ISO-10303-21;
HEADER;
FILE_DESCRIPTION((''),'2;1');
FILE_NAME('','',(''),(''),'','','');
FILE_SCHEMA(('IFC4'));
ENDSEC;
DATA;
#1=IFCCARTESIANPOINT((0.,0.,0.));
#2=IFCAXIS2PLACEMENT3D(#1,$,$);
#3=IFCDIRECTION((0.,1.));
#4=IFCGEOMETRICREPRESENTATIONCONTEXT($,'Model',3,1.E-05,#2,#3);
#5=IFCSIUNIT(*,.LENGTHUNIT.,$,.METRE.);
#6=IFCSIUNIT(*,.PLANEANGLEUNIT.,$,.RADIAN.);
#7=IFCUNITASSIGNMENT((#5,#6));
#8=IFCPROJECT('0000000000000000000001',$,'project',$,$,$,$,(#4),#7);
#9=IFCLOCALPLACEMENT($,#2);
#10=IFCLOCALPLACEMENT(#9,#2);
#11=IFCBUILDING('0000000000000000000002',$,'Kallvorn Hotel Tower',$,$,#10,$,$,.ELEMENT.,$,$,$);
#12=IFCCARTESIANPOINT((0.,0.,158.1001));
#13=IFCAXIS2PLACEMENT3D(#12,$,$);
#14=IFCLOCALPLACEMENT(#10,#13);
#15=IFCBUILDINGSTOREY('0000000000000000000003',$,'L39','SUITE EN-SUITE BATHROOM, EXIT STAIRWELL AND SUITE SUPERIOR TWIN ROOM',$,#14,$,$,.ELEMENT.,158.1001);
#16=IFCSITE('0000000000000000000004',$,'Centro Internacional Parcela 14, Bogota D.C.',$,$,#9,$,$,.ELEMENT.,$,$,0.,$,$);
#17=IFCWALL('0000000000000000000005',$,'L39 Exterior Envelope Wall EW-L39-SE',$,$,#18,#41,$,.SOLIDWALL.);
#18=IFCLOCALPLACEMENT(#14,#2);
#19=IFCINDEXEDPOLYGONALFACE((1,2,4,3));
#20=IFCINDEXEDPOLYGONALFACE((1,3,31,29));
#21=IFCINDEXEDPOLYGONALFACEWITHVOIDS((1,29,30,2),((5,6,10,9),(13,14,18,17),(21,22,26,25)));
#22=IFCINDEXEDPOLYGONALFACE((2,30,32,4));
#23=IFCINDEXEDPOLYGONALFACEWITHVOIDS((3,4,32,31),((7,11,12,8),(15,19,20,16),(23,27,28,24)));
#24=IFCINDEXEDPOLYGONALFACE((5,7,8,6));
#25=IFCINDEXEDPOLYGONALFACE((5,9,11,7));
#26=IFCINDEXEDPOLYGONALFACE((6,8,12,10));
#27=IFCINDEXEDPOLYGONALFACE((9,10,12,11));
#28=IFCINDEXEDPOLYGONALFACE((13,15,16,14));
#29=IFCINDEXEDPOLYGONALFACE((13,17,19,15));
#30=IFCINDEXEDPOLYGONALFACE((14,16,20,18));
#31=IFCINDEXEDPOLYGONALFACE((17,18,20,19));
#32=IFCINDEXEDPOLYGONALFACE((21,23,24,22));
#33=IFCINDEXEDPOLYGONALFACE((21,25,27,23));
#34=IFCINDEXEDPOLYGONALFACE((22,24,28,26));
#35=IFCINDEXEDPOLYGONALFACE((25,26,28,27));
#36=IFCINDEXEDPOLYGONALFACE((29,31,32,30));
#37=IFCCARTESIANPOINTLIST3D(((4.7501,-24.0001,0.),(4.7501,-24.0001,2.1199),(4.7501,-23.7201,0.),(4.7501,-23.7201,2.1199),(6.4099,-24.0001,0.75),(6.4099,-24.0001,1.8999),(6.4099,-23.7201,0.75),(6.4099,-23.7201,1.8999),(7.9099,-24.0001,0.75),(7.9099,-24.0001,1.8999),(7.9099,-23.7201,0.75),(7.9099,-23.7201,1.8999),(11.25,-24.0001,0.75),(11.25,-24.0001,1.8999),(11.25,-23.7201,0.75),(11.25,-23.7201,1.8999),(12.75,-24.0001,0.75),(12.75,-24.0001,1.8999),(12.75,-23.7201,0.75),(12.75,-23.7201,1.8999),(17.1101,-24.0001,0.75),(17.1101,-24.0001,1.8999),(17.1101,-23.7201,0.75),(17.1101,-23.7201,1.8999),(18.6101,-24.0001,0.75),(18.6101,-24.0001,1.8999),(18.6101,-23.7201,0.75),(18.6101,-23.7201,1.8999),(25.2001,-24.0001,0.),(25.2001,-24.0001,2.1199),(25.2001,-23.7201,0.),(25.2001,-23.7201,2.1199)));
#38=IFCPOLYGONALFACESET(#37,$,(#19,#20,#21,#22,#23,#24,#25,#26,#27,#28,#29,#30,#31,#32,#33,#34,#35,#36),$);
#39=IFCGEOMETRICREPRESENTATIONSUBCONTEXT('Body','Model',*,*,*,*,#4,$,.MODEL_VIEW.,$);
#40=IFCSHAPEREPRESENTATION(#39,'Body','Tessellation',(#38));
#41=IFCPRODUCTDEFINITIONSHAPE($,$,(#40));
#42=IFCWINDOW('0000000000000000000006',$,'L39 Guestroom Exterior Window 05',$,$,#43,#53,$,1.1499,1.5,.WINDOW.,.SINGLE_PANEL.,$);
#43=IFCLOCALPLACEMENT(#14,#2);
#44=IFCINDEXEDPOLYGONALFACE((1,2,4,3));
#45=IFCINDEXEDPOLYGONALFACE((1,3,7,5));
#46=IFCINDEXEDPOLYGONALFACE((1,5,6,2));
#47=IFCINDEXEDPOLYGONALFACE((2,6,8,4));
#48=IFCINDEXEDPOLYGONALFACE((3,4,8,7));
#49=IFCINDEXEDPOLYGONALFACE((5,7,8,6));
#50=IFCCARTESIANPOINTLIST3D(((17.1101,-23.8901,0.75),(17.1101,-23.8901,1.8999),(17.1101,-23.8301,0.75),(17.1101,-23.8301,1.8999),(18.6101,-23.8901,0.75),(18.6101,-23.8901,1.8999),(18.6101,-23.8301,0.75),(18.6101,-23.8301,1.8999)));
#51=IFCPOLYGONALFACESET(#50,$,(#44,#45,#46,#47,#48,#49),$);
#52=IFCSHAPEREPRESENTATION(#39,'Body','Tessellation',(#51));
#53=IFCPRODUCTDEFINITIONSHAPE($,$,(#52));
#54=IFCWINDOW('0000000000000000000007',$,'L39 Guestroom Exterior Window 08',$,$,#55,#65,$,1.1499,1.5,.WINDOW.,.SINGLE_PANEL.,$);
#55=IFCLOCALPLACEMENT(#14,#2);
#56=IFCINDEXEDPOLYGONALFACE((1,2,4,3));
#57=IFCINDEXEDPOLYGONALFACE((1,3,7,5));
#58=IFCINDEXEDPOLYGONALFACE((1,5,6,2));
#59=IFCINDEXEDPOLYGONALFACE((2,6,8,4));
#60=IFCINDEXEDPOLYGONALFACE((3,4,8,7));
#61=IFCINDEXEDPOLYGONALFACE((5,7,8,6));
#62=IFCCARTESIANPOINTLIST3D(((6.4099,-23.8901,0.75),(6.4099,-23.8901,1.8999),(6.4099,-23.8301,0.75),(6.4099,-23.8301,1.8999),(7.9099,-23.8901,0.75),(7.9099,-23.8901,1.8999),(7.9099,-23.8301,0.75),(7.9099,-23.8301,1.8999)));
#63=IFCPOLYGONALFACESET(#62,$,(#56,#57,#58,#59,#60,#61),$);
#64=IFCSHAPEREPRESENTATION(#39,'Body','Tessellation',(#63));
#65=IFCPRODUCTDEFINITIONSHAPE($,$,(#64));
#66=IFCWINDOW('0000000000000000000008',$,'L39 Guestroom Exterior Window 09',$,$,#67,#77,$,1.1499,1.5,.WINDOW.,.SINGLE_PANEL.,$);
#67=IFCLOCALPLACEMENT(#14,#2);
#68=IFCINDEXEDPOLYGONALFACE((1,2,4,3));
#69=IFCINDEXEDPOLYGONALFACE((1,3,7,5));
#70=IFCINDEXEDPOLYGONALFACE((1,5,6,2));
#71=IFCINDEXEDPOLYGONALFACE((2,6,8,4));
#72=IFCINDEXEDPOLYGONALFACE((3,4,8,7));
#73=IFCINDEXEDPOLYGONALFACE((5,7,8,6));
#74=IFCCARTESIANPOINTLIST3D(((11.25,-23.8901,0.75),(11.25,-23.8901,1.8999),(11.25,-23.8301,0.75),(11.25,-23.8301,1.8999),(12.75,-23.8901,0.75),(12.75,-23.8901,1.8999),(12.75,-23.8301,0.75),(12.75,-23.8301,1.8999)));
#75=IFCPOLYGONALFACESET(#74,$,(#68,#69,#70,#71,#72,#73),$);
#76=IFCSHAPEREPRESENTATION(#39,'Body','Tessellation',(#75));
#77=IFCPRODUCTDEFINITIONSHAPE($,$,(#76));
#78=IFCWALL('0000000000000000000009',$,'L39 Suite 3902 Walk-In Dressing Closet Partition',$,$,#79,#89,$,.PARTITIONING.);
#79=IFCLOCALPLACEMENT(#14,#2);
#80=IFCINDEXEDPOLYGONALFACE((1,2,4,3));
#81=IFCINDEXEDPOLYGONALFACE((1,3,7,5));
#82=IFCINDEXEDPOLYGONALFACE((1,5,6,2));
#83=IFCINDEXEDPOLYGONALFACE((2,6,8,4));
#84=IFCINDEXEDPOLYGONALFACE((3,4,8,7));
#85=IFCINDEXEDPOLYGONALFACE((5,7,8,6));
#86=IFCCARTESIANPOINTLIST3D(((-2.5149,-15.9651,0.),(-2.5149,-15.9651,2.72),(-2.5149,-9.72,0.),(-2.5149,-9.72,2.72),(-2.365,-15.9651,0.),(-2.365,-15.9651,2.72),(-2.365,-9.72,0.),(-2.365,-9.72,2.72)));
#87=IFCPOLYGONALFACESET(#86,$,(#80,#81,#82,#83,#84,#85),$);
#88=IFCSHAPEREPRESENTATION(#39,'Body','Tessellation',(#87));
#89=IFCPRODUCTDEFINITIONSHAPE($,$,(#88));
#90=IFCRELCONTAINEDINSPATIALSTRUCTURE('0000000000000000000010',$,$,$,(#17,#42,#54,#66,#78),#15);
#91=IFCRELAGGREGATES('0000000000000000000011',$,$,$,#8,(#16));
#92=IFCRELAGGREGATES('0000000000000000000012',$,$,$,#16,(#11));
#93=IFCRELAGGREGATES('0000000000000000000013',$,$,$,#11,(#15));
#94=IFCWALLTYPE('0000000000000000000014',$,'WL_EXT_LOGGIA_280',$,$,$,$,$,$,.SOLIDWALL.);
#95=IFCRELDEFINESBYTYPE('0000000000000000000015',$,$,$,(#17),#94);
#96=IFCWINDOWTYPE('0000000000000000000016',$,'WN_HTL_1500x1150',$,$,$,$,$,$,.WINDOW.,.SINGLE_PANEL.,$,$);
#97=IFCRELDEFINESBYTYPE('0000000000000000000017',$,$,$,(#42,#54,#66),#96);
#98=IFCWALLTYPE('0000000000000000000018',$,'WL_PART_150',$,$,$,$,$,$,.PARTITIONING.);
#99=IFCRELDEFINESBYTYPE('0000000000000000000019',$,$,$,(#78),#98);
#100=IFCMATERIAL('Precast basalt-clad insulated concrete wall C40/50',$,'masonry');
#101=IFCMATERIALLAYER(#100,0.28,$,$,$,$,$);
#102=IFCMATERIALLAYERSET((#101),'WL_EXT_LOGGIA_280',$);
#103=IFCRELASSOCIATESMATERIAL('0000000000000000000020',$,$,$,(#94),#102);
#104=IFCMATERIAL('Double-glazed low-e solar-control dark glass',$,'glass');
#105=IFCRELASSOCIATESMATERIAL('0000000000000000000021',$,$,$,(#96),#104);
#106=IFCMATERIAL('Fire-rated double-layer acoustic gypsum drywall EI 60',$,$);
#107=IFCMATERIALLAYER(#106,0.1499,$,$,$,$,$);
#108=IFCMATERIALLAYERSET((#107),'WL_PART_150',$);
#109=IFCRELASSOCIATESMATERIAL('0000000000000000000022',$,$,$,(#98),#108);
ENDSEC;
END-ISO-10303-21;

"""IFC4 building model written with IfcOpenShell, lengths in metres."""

from ifc_helpers import new_model, si_unit, direction, frame, frame_2d, origin, place, context, subcontext, project, spatial, rectangle, extrude, material, layer, layer_set, type_object, element, fill, save


model = new_model("IFC4")

# Units and contexts
model_context = context("Model", 3, precision=1e-05, world=origin(), true_north=direction((0.0, 1.0)))
body_context = subcontext(model_context, "Body", "Model", "MODEL_VIEW")
ifc_project = project(units=[si_unit("LENGTHUNIT", "METRE"), si_unit("PLANEANGLEUNIT", "RADIAN")], contexts=[model_context])

# Site, building, storey
site_placement = place(None, origin())
site = spatial("IfcSite", under=ifc_project, at=site_placement, Name="Centro Internacional Parcela 14, Bogota D.C.", CompositionType="ELEMENT", RefElevation=0.0)
building_placement = place(site_placement, origin())
building = spatial("IfcBuilding", under=site, at=building_placement, Name="Kallvorn Hotel Tower", CompositionType="ELEMENT")
storey_placement = place(building_placement, frame((0.0, 0.0, 158.1001)))
storey = spatial("IfcBuildingStorey", under=building, at=storey_placement, Name="L39", Description="SUITE EN-SUITE BATHROOM, EXIT STAIRWELL AND SUITE SUPERIOR TWIN ROOM", CompositionType="ELEMENT", Elevation=158.1001)

# Wall, openings, windows
ifc_material_1 = material(Name="Precast basalt-clad insulated concrete wall C40/50", Category="masonry")
ifc_layer_1 = layer(ifc_material_1, 0.28)
ifc_layer_set_1 = layer_set([ifc_layer_1], Name="WL_EXT_LOGGIA_280")
wall_type_1 = type_object("IfcWallType", Name="WL_EXT_LOGGIA_280", PredefinedType="SOLIDWALL", material=ifc_layer_set_1)
wall_1_placement = place(storey_placement, frame((4.75, -23.8601, 0.0), z_axis=(0.0, 0.0, 1.0), x_axis=(1.0, 0.0, 0.0)))
wall_1 = element("IfcWall", 1, at=wall_1_placement, inside=storey, type_object=wall_type_1, Name="L39 Exterior Envelope Wall EW-L39-SE", PredefinedType="SOLIDWALL", context=body_context, shape_type="SweptSolid", body=[
    extrude(rectangle(XDim=20.45, YDim=0.28, at=frame_2d((10.2251, 0.0))), origin(), (0.0, 0.0, 1.0), 2.1199),
])
opening_1_placement = place(wall_1_placement, frame((12.3601, 0.0, 0.75)))
opening_1 = element("IfcOpeningElement", 2, at=opening_1_placement, cuts=wall_1, PredefinedType="OPENING", context=body_context, shape_type="SweptSolid", body=[
    extrude(rectangle(XDim=1.5, YDim=1.1499, at=frame_2d((0.75, 0.575))), frame((0.0, 0.155, 0.0), z_axis=(0.0, -1.0, 0.0), x_axis=(1.0, 0.0, 0.0)), (0.0, 0.0, 1.0), 0.3101),
])
opening_2_placement = place(wall_1_placement, frame((1.6599, 0.0, 0.75)))
opening_2 = element("IfcOpeningElement", 3, at=opening_2_placement, cuts=wall_1, PredefinedType="OPENING", context=body_context, shape_type="SweptSolid", body=[
    extrude(rectangle(XDim=1.5, YDim=1.1499, at=frame_2d((0.75, 0.575))), frame((0.0, 0.155, 0.0), z_axis=(0.0, -1.0, 0.0), x_axis=(1.0, 0.0, 0.0)), (0.0, 0.0, 1.0), 0.3101),
])
opening_3_placement = place(wall_1_placement, frame((6.5, 0.0, 0.75)))
opening_3 = element("IfcOpeningElement", 4, at=opening_3_placement, cuts=wall_1, PredefinedType="OPENING", context=body_context, shape_type="SweptSolid", body=[
    extrude(rectangle(XDim=1.5, YDim=1.1499, at=frame_2d((0.75, 0.575))), frame((0.0, 0.155, 0.0), z_axis=(0.0, -1.0, 0.0), x_axis=(1.0, 0.0, 0.0)), (0.0, 0.0, 1.0), 0.3101),
])
ifc_material_2 = material(Name="Double-glazed low-e solar-control dark glass", Category="glass")
window_type = type_object("IfcWindowType", Name="WN_HTL_1500x1150", PartitioningType="SINGLE_PANEL", PredefinedType="WINDOW", material=ifc_material_2)
window_1_placement = place(opening_1_placement, origin())
window_1 = element("IfcWindow", 5, at=window_1_placement, inside=storey, type_object=window_type, Name="L39 Guestroom Exterior Window 05", OverallHeight=1.1499, OverallWidth=1.5, PartitioningType="SINGLE_PANEL", PredefinedType="WINDOW", context=body_context, shape_type="SweptSolid", body=[
    extrude(rectangle(XDim=1.5, YDim=1.1499, at=frame_2d((0.75, 0.575))), frame((0.0, 0.03, 0.0), z_axis=(0.0, -1.0, 0.0), x_axis=(1.0, 0.0, 0.0)), (0.0, 0.0, 1.0), 0.0601),
])
fill(opening_1, window_1)
window_2_placement = place(opening_2_placement, origin())
window_2 = element("IfcWindow", 6, at=window_2_placement, inside=storey, type_object=window_type, Name="L39 Guestroom Exterior Window 08", OverallHeight=1.1499, OverallWidth=1.5, PartitioningType="SINGLE_PANEL", PredefinedType="WINDOW", context=body_context, shape_type="SweptSolid", body=[
    extrude(rectangle(XDim=1.5, YDim=1.1499, at=frame_2d((0.75, 0.575))), frame((0.0, 0.03, 0.0), z_axis=(0.0, -1.0, 0.0), x_axis=(1.0, 0.0, 0.0)), (0.0, 0.0, 1.0), 0.0601),
])
fill(opening_2, window_2)
window_3_placement = place(opening_3_placement, origin())
window_3 = element("IfcWindow", 7, at=window_3_placement, inside=storey, type_object=window_type, Name="L39 Guestroom Exterior Window 09", OverallHeight=1.1499, OverallWidth=1.5, PartitioningType="SINGLE_PANEL", PredefinedType="WINDOW", context=body_context, shape_type="SweptSolid", body=[
    extrude(rectangle(XDim=1.5, YDim=1.1499, at=frame_2d((0.75, 0.575))), frame((0.0, 0.03, 0.0), z_axis=(0.0, -1.0, 0.0), x_axis=(1.0, 0.0, 0.0)), (0.0, 0.0, 1.0), 0.0601),
])
fill(opening_3, window_3)

# Wall
ifc_material_3 = material(Name="Fire-rated double-layer acoustic gypsum drywall EI 60")
ifc_layer_2 = layer(ifc_material_3, 0.1499)
ifc_layer_set_2 = layer_set([ifc_layer_2], Name="WL_PART_150")
wall_type_2 = type_object("IfcWallType", Name="WL_PART_150", PredefinedType="PARTITIONING", material=ifc_layer_set_2)
wall_2_placement = place(storey_placement, frame((-2.4399, -15.9651, 0.0), z_axis=(0.0, 0.0, 1.0), x_axis=(0.0, 1.0, 0.0)))
element("IfcWall", 8, at=wall_2_placement, inside=storey, type_object=wall_type_2, Name="L39 Suite 3902 Walk-In Dressing Closet Partition", PredefinedType="PARTITIONING", context=body_context, shape_type="SweptSolid", body=[
    extrude(rectangle(XDim=6.2451, YDim=0.1499, at=frame_2d((3.1226, 0.0))), origin(), (0.0, 0.0, 1.0), 2.72),
])

save(model, "model.ifc")
